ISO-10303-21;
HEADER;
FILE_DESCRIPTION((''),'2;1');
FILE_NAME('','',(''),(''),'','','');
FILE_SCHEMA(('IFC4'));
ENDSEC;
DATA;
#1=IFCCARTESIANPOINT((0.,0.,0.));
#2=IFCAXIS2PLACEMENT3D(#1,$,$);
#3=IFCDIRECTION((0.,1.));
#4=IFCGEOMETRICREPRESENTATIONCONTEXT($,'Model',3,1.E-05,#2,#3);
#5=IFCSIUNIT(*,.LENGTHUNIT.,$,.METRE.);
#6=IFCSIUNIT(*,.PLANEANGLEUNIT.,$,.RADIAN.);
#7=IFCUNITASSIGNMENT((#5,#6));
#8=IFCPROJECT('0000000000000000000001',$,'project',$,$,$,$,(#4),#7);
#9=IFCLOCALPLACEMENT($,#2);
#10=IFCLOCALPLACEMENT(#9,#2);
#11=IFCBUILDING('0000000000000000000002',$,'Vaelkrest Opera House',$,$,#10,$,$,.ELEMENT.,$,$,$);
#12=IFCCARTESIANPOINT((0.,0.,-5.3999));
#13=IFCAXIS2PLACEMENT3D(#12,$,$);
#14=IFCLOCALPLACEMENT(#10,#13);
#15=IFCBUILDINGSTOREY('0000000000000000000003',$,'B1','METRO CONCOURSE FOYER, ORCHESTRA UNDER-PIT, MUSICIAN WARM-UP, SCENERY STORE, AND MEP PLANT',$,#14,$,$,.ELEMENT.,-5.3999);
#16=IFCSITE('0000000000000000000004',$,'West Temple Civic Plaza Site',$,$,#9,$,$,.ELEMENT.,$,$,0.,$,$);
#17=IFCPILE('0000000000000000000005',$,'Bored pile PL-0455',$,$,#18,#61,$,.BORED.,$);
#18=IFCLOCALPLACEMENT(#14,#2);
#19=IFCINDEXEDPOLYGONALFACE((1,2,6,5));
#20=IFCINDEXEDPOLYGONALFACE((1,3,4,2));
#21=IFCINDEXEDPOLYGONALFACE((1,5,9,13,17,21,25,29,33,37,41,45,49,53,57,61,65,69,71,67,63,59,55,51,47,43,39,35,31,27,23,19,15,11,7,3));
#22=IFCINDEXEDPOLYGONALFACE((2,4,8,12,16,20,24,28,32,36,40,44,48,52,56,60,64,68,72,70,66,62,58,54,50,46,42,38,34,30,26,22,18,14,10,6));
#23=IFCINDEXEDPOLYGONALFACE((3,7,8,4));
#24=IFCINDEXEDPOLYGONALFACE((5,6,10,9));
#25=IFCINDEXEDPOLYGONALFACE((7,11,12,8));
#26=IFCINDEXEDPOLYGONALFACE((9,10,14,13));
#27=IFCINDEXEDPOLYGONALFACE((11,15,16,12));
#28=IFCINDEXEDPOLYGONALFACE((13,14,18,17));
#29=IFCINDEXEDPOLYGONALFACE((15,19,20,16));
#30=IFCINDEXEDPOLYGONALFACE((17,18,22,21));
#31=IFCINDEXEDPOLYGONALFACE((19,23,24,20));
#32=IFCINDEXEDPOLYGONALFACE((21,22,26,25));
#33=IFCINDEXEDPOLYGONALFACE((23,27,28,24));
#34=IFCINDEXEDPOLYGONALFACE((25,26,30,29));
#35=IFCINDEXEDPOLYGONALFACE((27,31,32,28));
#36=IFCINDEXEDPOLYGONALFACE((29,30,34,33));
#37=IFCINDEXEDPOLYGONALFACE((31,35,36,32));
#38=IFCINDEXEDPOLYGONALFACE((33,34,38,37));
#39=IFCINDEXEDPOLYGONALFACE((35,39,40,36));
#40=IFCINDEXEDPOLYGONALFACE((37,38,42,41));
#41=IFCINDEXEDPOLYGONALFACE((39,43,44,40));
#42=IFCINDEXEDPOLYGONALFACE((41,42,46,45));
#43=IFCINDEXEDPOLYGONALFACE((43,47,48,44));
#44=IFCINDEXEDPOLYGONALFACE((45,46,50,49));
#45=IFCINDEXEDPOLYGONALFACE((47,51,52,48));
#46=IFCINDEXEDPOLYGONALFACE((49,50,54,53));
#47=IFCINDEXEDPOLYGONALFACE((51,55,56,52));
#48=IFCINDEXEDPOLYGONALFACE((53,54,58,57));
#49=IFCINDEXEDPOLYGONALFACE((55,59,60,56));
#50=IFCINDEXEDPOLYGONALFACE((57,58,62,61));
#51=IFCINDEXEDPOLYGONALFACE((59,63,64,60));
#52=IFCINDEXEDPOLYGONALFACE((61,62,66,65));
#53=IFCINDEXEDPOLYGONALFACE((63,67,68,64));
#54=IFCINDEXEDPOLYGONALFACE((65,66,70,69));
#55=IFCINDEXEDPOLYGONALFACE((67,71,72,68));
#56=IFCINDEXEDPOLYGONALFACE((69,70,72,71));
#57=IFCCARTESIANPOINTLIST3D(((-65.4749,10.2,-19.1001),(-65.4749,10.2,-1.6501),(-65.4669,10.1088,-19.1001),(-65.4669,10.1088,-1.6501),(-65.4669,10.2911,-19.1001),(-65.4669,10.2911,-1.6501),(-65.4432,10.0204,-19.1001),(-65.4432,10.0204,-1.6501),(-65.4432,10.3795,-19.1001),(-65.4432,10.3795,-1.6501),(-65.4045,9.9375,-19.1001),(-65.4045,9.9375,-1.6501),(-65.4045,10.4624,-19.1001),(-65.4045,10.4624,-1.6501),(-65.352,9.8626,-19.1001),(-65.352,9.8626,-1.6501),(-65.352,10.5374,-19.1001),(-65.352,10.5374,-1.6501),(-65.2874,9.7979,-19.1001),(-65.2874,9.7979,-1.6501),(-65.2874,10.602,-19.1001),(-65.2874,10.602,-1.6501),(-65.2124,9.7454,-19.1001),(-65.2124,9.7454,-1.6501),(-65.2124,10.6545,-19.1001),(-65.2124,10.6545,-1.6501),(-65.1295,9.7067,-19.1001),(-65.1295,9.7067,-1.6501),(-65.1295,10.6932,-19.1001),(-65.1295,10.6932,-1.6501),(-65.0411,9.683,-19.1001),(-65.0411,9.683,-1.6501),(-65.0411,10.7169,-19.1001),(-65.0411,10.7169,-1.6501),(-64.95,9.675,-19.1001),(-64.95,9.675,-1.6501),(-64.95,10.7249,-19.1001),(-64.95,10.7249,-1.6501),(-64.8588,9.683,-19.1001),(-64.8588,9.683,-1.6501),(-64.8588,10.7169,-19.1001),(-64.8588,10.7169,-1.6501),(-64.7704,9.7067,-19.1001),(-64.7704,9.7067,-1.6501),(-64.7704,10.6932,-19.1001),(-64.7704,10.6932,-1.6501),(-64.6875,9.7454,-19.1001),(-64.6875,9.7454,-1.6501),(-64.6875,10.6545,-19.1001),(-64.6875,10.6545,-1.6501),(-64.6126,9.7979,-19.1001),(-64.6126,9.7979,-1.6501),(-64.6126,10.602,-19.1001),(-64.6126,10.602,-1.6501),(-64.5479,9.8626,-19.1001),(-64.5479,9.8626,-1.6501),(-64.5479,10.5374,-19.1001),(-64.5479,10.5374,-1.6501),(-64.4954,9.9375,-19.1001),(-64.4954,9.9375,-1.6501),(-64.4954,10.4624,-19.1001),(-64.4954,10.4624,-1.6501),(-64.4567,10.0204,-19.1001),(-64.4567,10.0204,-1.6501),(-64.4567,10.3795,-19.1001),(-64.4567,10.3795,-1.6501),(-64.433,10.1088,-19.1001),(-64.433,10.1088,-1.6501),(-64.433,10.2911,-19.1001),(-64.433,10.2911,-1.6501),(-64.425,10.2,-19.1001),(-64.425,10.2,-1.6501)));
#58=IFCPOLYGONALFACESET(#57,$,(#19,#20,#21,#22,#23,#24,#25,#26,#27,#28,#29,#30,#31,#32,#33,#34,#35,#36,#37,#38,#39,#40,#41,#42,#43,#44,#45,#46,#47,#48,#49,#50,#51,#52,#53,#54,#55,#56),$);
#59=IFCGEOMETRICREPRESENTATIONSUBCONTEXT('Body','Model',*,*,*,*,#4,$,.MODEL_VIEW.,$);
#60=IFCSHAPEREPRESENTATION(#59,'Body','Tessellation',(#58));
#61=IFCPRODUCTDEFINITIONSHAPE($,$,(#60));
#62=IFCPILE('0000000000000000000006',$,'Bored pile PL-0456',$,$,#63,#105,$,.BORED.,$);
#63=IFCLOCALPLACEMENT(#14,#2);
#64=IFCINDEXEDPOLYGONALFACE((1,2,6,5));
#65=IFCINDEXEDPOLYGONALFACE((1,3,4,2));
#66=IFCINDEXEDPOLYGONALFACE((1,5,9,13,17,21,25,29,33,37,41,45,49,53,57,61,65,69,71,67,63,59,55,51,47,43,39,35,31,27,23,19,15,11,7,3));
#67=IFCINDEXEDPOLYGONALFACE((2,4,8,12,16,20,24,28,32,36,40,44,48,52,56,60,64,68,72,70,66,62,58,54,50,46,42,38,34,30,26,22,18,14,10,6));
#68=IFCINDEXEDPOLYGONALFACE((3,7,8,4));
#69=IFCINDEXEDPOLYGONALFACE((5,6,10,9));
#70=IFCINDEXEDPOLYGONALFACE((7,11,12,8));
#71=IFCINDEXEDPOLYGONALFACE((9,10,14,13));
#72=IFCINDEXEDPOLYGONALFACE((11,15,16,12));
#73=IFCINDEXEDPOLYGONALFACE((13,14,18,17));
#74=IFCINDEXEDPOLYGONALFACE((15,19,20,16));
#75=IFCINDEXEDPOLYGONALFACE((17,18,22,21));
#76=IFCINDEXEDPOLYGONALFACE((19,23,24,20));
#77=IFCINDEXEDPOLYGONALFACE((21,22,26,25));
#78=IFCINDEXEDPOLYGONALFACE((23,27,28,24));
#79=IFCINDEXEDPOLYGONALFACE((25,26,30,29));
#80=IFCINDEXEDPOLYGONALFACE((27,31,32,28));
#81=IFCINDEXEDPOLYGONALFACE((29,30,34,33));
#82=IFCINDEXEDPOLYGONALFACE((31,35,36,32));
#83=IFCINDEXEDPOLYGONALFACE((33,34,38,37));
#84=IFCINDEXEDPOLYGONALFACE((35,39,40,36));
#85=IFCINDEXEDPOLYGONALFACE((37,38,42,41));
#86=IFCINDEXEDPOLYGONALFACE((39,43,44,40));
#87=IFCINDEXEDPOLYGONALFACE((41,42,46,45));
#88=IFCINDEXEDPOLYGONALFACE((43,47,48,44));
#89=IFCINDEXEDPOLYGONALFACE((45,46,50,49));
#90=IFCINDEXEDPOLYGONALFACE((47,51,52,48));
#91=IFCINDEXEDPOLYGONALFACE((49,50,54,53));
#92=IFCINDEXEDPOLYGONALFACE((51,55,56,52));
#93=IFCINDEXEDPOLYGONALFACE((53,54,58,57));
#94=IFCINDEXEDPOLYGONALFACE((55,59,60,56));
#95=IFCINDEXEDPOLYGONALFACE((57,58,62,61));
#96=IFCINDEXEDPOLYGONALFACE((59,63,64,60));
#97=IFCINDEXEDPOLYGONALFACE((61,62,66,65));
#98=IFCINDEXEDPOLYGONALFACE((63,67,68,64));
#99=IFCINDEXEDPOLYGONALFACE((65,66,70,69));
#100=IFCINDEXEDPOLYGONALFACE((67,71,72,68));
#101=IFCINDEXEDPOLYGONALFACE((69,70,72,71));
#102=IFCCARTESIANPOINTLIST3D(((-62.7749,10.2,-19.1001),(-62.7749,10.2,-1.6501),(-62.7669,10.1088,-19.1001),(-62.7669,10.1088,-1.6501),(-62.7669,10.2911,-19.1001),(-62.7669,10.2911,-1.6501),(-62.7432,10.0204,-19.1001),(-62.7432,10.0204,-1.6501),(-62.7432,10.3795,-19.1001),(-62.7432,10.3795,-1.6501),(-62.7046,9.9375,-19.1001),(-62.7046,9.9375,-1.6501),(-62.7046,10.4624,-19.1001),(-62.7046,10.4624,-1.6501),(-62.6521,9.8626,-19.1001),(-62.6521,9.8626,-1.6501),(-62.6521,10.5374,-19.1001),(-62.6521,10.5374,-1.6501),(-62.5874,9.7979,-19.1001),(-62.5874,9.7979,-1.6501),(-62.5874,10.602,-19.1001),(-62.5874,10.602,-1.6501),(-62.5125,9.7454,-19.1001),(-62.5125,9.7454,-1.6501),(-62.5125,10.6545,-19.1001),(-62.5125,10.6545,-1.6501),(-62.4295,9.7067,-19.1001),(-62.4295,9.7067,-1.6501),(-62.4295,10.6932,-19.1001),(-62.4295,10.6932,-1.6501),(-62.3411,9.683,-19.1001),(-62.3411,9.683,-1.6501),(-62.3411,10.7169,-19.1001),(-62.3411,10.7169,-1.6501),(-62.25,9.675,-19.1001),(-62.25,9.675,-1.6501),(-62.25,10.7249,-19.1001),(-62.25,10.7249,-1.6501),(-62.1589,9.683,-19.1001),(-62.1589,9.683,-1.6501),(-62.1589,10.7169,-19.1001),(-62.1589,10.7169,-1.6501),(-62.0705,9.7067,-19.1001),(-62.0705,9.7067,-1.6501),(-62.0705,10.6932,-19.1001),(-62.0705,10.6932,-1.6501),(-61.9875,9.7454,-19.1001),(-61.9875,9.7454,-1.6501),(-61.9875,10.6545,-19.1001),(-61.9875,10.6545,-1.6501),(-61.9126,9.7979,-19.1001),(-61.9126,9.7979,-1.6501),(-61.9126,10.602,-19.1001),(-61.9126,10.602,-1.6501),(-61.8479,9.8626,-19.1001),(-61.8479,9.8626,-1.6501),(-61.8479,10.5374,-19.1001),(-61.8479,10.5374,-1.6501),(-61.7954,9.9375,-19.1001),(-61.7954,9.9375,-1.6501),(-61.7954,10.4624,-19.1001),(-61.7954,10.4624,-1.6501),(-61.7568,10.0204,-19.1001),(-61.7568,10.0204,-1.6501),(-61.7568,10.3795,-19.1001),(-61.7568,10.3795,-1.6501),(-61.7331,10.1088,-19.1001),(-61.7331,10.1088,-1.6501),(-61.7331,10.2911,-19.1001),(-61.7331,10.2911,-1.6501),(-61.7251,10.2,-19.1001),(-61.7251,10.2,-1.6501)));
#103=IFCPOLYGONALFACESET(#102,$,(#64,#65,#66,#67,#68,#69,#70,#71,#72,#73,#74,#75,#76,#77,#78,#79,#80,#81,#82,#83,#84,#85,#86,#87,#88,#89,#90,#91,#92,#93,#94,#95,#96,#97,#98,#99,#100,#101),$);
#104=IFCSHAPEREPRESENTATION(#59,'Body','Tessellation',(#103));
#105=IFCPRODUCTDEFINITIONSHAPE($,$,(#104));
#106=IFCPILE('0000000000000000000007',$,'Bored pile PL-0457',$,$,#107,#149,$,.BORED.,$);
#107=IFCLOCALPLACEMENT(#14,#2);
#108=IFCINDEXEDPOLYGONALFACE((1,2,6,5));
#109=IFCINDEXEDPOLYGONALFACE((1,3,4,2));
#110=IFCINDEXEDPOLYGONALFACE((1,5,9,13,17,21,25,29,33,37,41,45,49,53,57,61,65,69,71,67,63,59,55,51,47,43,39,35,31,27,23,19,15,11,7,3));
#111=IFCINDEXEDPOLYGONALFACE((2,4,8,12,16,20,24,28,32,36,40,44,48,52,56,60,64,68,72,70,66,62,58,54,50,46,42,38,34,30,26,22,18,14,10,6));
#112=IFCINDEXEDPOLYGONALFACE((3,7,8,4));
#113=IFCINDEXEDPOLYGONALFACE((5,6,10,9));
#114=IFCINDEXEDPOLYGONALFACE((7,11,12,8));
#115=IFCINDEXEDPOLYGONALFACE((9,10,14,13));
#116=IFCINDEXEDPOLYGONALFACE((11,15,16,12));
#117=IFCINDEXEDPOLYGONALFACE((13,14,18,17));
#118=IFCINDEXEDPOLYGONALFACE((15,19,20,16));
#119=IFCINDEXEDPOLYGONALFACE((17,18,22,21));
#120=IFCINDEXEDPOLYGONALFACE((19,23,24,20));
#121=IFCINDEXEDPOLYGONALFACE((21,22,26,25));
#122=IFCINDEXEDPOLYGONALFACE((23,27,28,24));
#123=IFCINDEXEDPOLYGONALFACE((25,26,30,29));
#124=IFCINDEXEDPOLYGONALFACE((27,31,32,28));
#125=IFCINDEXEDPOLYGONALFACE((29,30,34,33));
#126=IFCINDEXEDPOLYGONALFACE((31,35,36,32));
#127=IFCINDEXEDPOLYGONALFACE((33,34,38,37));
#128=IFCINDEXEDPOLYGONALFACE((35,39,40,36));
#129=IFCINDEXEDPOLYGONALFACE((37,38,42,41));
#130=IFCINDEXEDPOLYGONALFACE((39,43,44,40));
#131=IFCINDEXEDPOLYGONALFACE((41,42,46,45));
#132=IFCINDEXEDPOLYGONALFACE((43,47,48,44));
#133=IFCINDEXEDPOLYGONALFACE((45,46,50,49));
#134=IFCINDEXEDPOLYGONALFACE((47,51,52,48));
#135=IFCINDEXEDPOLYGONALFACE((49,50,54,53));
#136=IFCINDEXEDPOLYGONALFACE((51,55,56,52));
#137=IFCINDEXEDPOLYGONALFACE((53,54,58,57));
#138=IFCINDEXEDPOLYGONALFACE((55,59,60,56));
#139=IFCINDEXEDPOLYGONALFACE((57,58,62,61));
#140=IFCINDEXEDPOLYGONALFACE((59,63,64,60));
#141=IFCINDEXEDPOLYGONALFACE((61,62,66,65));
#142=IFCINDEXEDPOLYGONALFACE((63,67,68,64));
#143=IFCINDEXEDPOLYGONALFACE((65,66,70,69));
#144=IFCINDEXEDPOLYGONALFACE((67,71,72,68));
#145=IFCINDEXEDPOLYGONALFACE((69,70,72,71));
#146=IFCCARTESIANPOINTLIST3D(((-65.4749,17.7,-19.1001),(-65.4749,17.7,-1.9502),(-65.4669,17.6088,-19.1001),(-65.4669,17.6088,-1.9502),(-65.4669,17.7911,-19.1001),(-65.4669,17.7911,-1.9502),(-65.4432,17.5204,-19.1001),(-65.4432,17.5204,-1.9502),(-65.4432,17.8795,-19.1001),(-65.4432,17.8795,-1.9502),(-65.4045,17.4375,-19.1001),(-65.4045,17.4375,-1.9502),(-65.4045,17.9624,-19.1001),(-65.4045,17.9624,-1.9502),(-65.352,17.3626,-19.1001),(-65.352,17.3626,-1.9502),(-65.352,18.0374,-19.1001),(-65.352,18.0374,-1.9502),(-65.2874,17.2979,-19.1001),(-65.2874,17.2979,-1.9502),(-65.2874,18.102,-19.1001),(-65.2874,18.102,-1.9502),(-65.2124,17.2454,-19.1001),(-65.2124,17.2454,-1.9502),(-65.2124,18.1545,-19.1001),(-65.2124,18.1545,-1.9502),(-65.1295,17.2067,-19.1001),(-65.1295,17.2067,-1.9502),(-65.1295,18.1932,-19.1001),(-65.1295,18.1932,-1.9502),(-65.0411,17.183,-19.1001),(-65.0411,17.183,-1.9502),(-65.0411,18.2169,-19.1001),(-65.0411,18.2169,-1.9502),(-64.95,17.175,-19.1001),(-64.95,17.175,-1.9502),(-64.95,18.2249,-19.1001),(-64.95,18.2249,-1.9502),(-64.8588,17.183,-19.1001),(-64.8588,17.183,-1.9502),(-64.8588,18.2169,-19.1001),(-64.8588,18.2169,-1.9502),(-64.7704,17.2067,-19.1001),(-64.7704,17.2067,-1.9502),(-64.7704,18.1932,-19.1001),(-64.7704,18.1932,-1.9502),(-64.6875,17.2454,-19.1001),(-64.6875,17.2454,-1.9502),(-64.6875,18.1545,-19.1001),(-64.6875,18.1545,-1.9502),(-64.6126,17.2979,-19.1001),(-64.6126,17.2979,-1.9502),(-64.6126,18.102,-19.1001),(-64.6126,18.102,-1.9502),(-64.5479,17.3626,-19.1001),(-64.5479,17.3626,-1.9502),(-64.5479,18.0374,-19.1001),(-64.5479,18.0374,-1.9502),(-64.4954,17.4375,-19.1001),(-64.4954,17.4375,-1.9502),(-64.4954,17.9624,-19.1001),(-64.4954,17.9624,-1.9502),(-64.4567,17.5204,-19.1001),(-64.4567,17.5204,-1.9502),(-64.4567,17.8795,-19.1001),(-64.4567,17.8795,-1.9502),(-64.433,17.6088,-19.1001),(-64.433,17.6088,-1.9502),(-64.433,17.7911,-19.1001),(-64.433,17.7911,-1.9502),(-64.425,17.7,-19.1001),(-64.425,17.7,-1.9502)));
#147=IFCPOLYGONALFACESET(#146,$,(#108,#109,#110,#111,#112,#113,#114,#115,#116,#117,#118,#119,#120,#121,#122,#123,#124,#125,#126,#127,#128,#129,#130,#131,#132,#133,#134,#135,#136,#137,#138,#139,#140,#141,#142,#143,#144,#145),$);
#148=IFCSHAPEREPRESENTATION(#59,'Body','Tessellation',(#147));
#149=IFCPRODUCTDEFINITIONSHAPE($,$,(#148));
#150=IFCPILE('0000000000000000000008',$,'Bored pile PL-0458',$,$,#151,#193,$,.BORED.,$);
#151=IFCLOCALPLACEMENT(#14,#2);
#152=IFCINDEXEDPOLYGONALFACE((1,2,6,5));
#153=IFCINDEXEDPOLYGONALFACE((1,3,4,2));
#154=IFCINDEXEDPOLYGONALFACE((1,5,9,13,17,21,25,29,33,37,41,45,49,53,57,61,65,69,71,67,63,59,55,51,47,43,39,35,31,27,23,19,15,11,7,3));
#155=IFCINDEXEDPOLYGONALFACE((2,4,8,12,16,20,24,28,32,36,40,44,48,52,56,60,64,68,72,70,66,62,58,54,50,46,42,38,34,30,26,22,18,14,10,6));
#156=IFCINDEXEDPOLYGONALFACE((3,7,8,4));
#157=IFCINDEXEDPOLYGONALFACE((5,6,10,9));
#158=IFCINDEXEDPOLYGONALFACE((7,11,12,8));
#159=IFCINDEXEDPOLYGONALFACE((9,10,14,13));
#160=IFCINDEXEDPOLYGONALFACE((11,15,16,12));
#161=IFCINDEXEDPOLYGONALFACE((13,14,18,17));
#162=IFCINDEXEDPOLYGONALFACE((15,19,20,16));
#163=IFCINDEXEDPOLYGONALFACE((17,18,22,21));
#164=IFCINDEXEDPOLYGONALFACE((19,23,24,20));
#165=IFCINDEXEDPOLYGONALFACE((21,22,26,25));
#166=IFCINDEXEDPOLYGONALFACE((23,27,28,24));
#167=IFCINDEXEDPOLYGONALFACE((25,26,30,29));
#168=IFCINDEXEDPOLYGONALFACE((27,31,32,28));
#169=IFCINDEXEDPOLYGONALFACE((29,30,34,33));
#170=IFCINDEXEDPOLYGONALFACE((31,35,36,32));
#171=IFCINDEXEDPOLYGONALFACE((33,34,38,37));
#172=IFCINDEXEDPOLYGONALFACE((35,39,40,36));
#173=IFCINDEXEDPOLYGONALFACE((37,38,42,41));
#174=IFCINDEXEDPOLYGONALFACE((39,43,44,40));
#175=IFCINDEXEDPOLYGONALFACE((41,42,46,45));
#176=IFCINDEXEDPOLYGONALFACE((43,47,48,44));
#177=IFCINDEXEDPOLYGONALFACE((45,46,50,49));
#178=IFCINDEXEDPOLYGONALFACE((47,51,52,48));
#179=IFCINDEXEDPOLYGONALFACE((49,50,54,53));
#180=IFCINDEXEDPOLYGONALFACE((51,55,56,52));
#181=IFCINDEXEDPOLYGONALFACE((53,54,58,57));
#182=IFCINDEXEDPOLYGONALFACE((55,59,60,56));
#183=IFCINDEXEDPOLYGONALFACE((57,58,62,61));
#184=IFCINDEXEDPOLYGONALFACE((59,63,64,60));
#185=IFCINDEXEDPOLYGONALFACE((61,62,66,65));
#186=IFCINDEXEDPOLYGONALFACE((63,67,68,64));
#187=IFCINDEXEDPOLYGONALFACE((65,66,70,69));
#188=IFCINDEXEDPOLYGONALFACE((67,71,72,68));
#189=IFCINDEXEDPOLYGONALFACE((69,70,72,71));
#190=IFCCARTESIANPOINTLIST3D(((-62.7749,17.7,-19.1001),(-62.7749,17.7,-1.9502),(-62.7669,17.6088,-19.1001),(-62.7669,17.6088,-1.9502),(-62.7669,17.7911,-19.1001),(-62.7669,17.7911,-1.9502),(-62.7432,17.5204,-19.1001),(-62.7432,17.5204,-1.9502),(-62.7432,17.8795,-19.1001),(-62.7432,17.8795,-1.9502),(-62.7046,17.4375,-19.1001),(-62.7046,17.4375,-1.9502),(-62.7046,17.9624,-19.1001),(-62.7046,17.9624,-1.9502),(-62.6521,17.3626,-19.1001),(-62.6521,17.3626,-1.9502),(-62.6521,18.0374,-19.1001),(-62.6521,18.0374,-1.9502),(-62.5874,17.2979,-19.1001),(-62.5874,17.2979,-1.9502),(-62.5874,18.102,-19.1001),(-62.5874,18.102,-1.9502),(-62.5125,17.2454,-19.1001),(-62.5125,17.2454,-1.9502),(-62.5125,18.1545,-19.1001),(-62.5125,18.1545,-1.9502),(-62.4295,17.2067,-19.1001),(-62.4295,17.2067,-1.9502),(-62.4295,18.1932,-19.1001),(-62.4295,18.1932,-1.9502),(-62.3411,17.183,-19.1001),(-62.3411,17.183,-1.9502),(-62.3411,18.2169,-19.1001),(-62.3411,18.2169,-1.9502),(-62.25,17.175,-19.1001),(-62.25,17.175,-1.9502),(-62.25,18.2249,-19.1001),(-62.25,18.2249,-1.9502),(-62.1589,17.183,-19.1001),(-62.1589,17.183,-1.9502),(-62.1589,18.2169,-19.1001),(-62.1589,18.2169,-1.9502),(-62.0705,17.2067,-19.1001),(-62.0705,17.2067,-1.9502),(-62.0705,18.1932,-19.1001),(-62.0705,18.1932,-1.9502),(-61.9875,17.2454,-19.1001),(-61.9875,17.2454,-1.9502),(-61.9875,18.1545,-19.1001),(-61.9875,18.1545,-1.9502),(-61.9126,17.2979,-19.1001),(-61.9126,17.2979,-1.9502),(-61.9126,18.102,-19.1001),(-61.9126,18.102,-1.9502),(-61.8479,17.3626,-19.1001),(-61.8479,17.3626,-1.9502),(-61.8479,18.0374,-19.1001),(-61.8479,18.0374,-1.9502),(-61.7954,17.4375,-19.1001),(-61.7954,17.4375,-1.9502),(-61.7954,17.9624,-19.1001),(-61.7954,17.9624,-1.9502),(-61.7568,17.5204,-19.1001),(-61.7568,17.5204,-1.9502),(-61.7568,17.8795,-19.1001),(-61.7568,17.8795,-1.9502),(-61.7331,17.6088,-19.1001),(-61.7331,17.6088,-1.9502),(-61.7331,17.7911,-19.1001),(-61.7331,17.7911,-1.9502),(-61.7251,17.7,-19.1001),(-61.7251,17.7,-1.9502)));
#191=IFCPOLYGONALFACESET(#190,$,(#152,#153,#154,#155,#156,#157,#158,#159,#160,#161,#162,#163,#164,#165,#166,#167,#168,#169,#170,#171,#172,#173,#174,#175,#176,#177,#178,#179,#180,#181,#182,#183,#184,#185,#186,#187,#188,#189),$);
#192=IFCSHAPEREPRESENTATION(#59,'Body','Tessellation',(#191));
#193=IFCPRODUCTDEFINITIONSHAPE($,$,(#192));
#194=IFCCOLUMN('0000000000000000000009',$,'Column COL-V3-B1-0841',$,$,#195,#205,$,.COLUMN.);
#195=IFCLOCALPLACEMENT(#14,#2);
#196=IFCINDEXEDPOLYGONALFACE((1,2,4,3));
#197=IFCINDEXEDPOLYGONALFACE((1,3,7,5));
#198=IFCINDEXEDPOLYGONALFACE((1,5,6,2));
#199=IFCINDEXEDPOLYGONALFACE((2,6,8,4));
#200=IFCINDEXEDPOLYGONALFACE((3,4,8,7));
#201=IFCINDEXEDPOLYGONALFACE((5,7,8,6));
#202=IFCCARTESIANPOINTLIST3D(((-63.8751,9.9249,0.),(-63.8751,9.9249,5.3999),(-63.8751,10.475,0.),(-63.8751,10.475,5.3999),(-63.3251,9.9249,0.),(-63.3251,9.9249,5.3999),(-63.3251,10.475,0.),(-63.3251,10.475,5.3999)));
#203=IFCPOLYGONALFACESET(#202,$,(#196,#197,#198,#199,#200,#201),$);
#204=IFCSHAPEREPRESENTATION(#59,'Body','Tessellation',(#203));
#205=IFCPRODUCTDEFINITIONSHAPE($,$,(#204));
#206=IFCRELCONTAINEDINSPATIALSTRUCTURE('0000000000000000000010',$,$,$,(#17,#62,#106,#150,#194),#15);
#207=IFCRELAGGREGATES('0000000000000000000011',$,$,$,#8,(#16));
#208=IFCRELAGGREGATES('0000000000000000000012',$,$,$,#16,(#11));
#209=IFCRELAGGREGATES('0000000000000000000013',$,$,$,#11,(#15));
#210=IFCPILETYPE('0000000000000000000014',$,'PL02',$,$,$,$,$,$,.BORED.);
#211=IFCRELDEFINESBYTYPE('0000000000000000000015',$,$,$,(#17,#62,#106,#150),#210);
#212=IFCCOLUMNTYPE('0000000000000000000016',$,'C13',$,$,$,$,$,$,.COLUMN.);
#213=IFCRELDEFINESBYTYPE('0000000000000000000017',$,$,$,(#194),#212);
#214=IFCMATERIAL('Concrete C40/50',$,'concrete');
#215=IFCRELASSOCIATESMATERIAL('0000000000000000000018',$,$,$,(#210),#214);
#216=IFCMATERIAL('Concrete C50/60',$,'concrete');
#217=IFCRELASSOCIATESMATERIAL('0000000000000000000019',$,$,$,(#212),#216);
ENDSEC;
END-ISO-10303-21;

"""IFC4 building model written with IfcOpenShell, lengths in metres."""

from ifc_helpers import new_model, si_unit, direction, frame, origin, origin_2d, place, context, subcontext, project, spatial, rectangle, circle, extrude, material, material_profile, profile_set, type_object, element, save


model = new_model("IFC4")

# Units and contexts
model_context = context("Model", 3, precision=1e-05, world=origin(), true_north=direction((0.0, 1.0)))
body_context = subcontext(model_context, "Body", "Model", "MODEL_VIEW")
ifc_project = project(units=[si_unit("LENGTHUNIT", "METRE"), si_unit("PLANEANGLEUNIT", "RADIAN")], contexts=[model_context])

# Site, building, storey
site_placement = place(None, origin())
site = spatial("IfcSite", under=ifc_project, at=site_placement, Name="West Temple Civic Plaza Site", CompositionType="ELEMENT", RefElevation=0.0)
building_placement = place(site_placement, origin())
building = spatial("IfcBuilding", under=site, at=building_placement, Name="Vaelkrest Opera House", CompositionType="ELEMENT")
storey_placement = place(building_placement, frame((0.0, 0.0, -5.3999)))
storey = spatial("IfcBuildingStorey", under=building, at=storey_placement, Name="B1", Description="METRO CONCOURSE FOYER, ORCHESTRA UNDER-PIT, MUSICIAN WARM-UP, SCENERY STORE, AND MEP PLANT", CompositionType="ELEMENT", Elevation=-5.3999)

# Shared definitions
ifc_material_1 = material(Name="Concrete C40/50", Category="concrete")

# Piles
ifc_material_profile_1 = material_profile(ifc_material_1, circle(Radius=0.5249, at=origin_2d()), Name="PILE1050")
ifc_profile_set_1 = profile_set([ifc_material_profile_1], Name="Concrete C40/50")
pile_type = type_object("IfcPileType", Name="PL02", PredefinedType="BORED", material=ifc_profile_set_1)
for number, where, z_axis, x_axis, name in (
    (1, (-64.95, 10.2, -1.6501), (0.0, 0.0, -1.0), (1.0, 0.0, 0.0), "Bored pile PL-0455"),
    (2, (-62.25, 10.2, -1.6501), (0.0, 0.0, -1.0), (1.0, 0.0, 0.0), "Bored pile PL-0456"),
):
    element("IfcPile", number, at=place(storey_placement, frame(where, z_axis=z_axis, x_axis=x_axis)), inside=storey, type_object=pile_type, Name=name, PredefinedType="BORED", context=body_context, shape_type="SweptSolid", body=[
        extrude(circle(Radius=0.5249, at=origin_2d()), origin(), (0.0, 0.0, 1.0), 17.45),
    ])
for number, where, z_axis, x_axis, name in (
    (3, (-64.95, 17.7, -1.9502), (0.0, 0.0, -1.0), (1.0, 0.0, 0.0), "Bored pile PL-0457"),
    (4, (-62.25, 17.7, -1.9502), (0.0, 0.0, -1.0), (1.0, 0.0, 0.0), "Bored pile PL-0458"),
):
    element("IfcPile", number, at=place(storey_placement, frame(where, z_axis=z_axis, x_axis=x_axis)), inside=storey, type_object=pile_type, Name=name, PredefinedType="BORED", context=body_context, shape_type="SweptSolid", body=[
        extrude(circle(Radius=0.5249, at=origin_2d()), origin(), (0.0, 0.0, 1.0), 17.1499),
    ])

# Column
ifc_material_2 = material(Name="Concrete C50/60", Category="concrete")
ifc_material_profile_2 = material_profile(ifc_material_2, rectangle(XDim=0.55, YDim=0.55, at=origin_2d()), Name="RC550X550")
ifc_profile_set_2 = profile_set([ifc_material_profile_2], Name="Concrete C50/60")
column_type = type_object("IfcColumnType", Name="C13", PredefinedType="COLUMN", material=ifc_profile_set_2)
for number, where, z_axis, x_axis, name in (
    (5, (-63.6001, 10.2, 0.0), (0.0, 0.0, 1.0), (1.0, 0.0, 0.0), "Column COL-V3-B1-0841"),
):
    element("IfcColumn", number, at=place(storey_placement, frame(where, z_axis=z_axis, x_axis=x_axis)), inside=storey, type_object=column_type, Name=name, PredefinedType="COLUMN", context=body_context, shape_type="SweptSolid", body=[
        extrude(rectangle(XDim=0.55, YDim=0.55, at=origin_2d()), origin(), (0.0, 0.0, 1.0), 5.3999),
    ])

save(model, "model.ifc")
